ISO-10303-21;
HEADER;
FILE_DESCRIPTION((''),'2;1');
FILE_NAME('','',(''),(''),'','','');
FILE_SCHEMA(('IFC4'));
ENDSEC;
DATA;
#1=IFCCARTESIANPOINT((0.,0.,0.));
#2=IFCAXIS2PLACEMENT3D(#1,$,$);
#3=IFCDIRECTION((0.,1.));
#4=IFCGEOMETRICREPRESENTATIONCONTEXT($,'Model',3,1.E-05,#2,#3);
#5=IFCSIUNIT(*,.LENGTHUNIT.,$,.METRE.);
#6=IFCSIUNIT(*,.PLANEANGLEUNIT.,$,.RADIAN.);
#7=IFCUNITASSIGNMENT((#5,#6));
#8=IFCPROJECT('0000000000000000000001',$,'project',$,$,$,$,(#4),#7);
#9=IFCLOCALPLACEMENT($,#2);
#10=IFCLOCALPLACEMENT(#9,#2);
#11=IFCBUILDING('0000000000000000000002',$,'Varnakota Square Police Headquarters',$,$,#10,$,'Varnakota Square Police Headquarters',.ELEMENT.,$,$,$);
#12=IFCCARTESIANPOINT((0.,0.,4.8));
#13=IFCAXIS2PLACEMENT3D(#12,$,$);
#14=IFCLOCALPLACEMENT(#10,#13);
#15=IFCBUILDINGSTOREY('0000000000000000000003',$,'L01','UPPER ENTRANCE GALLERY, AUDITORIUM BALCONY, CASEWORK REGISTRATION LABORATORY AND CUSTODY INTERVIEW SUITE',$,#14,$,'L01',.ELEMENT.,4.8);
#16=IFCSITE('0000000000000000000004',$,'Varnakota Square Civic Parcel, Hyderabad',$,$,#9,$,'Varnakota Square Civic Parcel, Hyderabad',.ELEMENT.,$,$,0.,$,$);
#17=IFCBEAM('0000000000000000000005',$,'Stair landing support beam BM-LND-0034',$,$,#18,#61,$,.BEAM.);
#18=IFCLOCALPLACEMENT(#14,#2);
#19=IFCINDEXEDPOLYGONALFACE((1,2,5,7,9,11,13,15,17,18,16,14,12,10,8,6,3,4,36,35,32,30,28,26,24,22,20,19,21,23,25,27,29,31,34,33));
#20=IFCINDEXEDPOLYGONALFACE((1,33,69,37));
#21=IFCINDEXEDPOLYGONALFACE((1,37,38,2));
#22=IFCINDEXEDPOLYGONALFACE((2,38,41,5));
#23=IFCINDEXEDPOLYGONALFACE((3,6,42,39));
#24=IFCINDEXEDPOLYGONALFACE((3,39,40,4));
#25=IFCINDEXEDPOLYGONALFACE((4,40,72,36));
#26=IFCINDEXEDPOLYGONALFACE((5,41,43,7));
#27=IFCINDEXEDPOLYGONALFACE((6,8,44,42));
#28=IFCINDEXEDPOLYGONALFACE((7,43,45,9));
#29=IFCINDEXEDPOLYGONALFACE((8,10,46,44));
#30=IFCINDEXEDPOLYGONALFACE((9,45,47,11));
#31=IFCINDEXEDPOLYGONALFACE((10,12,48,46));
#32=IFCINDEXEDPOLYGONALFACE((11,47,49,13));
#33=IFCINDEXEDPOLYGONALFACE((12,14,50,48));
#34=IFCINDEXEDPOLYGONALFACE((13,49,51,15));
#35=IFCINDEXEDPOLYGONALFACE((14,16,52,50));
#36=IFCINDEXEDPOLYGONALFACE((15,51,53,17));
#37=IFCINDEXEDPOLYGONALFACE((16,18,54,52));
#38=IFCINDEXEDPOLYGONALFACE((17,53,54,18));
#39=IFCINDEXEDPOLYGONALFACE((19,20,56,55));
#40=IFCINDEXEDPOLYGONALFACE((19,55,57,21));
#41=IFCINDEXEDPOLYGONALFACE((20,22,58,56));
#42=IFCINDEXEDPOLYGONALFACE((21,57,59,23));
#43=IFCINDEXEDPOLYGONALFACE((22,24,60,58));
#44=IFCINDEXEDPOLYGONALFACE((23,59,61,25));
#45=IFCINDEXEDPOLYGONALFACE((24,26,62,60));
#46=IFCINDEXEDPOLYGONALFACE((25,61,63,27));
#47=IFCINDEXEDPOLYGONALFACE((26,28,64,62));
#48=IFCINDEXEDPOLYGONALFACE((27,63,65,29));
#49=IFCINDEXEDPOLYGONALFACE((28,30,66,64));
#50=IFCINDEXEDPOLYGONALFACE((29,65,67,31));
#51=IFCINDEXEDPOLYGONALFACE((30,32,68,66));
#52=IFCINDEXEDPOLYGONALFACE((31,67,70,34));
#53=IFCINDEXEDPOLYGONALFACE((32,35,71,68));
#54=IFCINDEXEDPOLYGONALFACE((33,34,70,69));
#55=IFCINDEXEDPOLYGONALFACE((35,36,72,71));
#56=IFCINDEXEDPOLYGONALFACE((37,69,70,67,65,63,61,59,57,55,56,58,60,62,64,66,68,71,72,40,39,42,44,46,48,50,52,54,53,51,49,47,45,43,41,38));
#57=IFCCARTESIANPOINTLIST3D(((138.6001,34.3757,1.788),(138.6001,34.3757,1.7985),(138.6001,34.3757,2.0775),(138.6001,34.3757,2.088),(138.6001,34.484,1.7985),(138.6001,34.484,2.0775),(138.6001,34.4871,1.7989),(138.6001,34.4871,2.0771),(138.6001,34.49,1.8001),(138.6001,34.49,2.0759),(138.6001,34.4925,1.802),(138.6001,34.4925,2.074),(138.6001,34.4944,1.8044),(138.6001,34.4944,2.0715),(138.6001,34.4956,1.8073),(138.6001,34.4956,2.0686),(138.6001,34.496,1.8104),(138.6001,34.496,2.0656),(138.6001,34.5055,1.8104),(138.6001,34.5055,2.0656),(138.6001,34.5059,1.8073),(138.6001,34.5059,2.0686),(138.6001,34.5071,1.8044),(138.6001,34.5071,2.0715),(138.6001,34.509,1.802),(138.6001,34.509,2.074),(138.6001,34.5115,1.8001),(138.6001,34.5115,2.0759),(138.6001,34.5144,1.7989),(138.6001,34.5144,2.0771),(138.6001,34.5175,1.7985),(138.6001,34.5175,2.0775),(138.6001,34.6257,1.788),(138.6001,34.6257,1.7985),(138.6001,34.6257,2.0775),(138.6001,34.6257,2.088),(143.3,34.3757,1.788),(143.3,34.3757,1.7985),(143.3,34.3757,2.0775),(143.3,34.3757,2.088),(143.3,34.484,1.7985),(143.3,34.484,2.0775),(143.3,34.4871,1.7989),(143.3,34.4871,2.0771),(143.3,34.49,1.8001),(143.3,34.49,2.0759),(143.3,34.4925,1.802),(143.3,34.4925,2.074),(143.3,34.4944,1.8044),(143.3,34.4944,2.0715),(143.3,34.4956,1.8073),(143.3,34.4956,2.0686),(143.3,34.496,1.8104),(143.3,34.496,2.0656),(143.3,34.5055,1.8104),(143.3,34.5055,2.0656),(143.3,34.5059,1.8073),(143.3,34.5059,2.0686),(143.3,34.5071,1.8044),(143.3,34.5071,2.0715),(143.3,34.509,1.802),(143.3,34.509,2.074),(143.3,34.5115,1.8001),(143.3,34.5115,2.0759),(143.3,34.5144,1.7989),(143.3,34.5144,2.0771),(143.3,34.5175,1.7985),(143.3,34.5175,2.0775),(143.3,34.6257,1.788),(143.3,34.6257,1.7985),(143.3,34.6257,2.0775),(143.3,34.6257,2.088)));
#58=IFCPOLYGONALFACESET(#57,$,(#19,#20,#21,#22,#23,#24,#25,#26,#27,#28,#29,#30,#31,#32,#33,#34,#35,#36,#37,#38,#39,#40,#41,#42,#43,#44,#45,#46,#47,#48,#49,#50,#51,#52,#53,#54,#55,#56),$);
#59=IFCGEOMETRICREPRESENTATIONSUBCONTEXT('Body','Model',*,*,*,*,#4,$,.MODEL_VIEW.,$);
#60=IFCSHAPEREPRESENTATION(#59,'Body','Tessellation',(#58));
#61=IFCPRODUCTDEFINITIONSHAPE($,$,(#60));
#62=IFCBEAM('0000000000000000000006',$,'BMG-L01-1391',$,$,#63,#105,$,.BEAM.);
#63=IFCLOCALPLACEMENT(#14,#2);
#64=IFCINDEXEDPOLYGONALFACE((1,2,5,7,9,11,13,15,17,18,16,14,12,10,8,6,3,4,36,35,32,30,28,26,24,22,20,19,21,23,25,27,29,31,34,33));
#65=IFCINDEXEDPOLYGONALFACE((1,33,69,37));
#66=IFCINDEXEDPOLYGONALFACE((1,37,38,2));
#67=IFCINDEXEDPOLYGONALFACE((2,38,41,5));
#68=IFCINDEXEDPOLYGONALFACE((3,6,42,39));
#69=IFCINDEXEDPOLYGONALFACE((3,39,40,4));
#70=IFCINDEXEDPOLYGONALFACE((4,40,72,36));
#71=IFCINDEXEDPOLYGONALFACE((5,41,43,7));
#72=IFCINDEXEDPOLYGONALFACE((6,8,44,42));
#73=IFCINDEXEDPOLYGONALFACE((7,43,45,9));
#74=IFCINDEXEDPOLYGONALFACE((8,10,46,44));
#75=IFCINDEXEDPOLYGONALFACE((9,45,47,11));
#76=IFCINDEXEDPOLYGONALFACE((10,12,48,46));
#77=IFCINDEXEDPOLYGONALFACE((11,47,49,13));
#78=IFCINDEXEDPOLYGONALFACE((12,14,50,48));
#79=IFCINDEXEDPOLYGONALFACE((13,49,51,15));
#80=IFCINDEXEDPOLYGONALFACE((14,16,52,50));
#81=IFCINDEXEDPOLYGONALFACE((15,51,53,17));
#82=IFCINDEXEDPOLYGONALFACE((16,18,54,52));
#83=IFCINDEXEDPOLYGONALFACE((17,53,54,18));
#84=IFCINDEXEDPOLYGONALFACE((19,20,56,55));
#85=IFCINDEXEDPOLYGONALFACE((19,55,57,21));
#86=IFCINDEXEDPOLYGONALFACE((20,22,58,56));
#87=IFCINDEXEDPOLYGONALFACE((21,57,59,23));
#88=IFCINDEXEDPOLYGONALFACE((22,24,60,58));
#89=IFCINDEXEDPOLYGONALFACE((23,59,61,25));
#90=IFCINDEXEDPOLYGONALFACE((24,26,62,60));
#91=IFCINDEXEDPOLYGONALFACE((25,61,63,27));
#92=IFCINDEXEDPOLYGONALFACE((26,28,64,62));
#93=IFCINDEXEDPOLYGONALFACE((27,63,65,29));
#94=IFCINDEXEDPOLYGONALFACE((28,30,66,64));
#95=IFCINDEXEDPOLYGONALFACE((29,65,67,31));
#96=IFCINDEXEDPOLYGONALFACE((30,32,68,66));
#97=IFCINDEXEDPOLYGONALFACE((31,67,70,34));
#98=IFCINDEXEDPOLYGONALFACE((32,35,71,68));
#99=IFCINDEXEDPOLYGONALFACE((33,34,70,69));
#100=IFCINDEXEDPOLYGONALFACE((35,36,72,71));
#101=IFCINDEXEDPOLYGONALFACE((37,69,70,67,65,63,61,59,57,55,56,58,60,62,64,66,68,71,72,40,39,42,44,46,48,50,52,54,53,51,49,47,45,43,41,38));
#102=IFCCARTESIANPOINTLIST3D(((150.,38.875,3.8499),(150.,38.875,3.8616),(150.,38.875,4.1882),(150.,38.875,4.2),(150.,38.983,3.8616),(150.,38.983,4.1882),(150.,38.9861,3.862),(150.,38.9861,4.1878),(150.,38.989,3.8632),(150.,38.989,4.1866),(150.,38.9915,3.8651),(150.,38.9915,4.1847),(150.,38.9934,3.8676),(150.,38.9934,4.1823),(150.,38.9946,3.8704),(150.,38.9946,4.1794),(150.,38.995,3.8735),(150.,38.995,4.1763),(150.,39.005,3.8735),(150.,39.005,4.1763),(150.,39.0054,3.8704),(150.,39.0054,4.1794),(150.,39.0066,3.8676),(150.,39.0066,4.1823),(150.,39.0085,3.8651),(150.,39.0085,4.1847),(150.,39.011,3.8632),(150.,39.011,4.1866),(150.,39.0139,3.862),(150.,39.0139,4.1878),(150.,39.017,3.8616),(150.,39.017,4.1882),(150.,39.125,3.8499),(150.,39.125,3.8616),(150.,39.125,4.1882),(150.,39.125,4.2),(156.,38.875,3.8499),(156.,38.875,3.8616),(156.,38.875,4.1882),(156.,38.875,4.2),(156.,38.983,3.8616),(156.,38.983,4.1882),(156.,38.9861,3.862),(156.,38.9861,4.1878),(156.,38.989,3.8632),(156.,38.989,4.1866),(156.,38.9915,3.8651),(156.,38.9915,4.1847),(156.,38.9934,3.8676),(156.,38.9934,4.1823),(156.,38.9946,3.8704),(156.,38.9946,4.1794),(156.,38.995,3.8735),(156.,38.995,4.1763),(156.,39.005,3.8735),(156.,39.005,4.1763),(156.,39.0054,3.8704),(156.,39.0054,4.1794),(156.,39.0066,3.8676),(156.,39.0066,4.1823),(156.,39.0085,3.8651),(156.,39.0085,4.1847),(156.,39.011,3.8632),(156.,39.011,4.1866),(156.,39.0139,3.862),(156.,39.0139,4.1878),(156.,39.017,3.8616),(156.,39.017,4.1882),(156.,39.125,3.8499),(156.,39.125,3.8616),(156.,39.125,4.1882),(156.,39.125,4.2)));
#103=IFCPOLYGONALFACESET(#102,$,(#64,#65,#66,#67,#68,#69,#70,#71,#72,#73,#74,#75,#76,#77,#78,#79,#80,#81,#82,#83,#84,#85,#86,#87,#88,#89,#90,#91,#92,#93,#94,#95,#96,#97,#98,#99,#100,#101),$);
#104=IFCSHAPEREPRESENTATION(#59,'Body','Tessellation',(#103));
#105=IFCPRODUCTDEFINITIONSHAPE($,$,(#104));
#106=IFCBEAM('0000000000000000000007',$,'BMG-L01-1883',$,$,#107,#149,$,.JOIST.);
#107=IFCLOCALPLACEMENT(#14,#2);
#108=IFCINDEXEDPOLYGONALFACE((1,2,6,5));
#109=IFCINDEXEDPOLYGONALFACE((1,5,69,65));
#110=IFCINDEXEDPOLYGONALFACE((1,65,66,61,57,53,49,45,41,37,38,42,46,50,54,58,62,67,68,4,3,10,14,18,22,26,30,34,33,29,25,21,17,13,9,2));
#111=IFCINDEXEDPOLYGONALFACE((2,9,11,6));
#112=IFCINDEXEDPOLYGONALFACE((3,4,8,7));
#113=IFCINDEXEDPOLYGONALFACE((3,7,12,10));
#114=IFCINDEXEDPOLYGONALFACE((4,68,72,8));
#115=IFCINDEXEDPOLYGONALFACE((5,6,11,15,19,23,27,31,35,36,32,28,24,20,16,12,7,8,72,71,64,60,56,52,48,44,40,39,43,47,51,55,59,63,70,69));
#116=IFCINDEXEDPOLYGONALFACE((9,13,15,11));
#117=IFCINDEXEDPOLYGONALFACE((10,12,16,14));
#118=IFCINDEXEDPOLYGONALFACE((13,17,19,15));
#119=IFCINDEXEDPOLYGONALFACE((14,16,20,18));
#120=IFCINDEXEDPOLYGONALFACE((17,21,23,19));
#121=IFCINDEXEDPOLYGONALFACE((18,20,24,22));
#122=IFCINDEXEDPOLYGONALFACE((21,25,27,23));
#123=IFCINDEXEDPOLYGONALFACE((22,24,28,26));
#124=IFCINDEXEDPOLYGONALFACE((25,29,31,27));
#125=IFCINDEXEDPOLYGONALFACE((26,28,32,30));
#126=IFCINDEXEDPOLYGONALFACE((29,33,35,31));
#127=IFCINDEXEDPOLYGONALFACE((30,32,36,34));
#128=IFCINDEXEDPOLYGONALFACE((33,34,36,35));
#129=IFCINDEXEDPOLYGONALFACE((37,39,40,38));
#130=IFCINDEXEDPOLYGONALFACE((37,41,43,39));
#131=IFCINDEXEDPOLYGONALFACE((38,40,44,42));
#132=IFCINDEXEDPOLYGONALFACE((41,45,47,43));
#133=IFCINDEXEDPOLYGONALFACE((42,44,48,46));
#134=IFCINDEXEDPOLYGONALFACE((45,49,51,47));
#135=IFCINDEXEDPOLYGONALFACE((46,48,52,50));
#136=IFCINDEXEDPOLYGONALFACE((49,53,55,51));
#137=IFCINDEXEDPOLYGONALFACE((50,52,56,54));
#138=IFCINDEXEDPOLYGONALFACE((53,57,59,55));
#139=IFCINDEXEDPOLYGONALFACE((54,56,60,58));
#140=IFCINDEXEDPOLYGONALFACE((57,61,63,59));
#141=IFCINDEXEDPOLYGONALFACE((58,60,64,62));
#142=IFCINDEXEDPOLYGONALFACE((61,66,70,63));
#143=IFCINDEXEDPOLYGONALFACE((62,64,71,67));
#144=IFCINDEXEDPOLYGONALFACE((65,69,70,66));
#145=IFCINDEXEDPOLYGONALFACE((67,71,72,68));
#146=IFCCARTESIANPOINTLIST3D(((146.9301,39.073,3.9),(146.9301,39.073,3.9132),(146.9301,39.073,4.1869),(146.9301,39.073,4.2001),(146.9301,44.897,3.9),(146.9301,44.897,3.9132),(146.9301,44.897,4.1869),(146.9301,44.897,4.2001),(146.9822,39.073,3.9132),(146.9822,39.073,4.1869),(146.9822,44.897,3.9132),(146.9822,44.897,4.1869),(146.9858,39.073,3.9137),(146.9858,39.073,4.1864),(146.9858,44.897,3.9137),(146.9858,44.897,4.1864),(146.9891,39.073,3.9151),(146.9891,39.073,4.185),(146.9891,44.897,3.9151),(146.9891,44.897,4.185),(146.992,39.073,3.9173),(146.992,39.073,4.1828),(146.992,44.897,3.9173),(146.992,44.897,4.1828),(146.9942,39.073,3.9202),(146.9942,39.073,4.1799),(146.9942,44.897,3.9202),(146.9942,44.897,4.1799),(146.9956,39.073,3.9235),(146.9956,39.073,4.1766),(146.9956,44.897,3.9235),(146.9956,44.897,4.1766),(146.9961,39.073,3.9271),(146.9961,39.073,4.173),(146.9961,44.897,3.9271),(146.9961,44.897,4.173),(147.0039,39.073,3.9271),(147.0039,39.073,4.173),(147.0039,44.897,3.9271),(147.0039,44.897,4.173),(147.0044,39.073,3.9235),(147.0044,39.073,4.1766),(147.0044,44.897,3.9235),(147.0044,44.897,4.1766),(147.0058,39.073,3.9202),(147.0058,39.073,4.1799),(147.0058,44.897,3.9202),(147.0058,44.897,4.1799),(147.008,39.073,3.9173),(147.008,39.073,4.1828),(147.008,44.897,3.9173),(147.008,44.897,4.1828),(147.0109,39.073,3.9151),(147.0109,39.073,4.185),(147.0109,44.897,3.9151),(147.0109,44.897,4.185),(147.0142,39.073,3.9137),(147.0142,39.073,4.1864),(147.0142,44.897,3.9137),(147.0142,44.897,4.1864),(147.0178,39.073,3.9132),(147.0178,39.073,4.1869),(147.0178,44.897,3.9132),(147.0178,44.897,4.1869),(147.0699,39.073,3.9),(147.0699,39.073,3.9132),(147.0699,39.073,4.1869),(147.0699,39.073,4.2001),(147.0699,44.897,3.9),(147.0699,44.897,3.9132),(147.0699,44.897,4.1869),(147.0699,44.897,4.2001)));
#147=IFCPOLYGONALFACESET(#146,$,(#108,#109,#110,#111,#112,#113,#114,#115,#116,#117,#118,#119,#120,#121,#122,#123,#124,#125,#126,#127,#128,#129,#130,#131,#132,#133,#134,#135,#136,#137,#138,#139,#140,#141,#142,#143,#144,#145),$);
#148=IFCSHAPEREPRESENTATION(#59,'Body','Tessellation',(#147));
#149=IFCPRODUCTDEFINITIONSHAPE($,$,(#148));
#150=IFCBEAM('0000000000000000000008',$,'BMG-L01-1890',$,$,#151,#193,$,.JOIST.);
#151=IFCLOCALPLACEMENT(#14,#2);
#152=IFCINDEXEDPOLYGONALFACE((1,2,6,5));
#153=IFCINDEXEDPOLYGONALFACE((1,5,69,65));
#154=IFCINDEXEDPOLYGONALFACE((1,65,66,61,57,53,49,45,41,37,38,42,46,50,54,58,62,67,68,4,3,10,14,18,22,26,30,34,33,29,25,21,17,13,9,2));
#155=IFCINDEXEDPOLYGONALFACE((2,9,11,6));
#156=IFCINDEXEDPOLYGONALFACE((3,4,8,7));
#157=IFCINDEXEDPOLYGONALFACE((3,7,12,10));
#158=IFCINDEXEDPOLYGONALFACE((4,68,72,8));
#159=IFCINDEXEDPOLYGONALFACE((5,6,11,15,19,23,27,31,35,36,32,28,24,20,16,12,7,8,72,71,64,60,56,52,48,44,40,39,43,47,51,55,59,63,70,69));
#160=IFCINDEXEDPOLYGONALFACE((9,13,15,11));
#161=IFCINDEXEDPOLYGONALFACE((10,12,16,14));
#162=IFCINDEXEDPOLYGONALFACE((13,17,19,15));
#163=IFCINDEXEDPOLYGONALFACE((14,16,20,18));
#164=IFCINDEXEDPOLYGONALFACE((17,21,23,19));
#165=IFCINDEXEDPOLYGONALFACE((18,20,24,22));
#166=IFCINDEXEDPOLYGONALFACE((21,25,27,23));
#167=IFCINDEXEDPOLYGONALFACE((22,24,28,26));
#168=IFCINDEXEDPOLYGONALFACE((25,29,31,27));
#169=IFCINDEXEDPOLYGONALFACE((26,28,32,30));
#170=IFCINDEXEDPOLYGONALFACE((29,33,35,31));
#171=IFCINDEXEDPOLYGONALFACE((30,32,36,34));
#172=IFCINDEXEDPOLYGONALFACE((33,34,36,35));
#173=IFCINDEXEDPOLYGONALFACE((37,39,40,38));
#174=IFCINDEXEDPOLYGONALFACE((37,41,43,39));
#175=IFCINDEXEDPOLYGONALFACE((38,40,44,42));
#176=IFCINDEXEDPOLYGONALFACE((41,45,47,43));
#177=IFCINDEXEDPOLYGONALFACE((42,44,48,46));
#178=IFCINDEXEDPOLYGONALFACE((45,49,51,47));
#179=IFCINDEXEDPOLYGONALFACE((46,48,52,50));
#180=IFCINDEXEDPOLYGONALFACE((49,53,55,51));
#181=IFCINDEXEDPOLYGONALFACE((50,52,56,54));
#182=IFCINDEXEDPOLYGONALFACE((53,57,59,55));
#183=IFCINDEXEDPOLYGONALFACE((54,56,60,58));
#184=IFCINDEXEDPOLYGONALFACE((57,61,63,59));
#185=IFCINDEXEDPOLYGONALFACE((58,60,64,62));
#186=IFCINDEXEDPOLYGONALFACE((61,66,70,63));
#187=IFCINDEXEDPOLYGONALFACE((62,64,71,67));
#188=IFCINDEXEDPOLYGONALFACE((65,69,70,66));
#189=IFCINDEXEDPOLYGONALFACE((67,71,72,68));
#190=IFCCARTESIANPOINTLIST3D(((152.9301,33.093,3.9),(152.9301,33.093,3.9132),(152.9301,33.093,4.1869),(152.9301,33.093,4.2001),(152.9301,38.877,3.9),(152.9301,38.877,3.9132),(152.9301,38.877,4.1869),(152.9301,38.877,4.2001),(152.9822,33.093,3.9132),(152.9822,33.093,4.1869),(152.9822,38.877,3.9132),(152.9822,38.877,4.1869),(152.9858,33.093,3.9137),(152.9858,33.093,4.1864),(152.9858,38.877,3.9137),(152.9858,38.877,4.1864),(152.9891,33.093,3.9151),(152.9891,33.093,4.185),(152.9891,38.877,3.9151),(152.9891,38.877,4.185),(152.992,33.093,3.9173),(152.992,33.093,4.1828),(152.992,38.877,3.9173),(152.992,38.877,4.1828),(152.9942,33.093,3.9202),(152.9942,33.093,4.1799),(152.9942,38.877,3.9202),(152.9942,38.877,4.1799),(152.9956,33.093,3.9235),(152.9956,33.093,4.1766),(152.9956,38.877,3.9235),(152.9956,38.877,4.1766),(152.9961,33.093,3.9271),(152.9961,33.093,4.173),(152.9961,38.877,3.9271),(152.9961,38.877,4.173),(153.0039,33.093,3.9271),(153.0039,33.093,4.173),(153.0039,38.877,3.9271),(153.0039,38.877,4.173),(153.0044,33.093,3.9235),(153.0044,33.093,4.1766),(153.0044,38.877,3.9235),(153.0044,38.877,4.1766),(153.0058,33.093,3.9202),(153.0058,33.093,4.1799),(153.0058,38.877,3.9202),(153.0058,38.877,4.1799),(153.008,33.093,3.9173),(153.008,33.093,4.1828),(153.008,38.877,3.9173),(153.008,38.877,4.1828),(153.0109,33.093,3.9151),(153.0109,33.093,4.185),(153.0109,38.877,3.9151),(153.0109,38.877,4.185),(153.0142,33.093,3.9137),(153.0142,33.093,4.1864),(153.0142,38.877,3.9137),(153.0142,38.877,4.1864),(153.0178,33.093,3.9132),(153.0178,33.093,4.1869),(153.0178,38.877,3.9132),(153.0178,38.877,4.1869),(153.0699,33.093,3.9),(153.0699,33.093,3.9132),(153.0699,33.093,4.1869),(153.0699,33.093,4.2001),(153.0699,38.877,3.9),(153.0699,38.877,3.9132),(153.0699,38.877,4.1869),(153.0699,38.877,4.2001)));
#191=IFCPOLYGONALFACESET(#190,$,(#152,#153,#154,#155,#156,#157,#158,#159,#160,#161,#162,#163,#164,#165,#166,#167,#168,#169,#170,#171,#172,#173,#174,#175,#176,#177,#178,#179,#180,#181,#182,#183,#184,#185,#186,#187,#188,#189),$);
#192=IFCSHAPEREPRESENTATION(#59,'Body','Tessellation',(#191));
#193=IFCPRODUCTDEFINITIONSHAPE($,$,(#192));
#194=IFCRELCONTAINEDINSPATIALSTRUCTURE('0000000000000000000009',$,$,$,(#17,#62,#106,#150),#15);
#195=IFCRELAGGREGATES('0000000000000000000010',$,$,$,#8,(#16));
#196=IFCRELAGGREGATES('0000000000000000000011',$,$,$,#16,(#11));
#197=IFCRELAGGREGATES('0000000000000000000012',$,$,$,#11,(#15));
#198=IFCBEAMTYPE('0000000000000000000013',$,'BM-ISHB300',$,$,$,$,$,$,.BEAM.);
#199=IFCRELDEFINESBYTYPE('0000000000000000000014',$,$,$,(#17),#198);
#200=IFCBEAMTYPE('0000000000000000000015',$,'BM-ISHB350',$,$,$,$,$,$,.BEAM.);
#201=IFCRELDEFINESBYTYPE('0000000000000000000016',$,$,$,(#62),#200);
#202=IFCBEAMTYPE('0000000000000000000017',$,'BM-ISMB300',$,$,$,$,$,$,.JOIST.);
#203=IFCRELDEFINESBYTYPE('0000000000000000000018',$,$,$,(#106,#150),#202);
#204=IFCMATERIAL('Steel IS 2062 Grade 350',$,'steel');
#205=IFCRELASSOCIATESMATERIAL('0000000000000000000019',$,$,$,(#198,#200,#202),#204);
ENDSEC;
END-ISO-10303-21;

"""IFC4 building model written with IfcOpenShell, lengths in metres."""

from ifc_helpers import new_model, si_unit, direction, frame, origin, origin_2d, place, context, subcontext, project, spatial, i_section, extrude, material, material_profile, profile_set, type_object, element, save


model = new_model("IFC4")

# Units and contexts
model_context = context("Model", 3, precision=1e-05, world=origin(), true_north=direction((0.0, 1.0)))
body_context = subcontext(model_context, "Body", "Model", "MODEL_VIEW")
ifc_project = project(units=[si_unit("LENGTHUNIT", "METRE"), si_unit("PLANEANGLEUNIT", "RADIAN")], contexts=[model_context])

# Site, building, storey
site_placement = place(None, origin())
site = spatial("IfcSite", under=ifc_project, at=site_placement, Name="Varnakota Square Civic Parcel, Hyderabad", LongName="Varnakota Square Civic Parcel, Hyderabad", CompositionType="ELEMENT", RefElevation=0.0)
building_placement = place(site_placement, origin())
building = spatial("IfcBuilding", under=site, at=building_placement, Name="Varnakota Square Police Headquarters", LongName="Varnakota Square Police Headquarters", CompositionType="ELEMENT")
storey_placement = place(building_placement, frame((0.0, 0.0, 4.8)))
storey = spatial("IfcBuildingStorey", under=building, at=storey_placement, Name="L01", Description="UPPER ENTRANCE GALLERY, AUDITORIUM BALCONY, CASEWORK REGISTRATION LABORATORY AND CUSTODY INTERVIEW SUITE", LongName="L01", CompositionType="ELEMENT", Elevation=4.8)

# Shared definitions
ifc_material_1 = material(Name="Steel IS 2062 Grade 350", Category="steel")

# Beams
ifc_material_profile_1 = material_profile(ifc_material_1, i_section(OverallWidth=0.25, OverallDepth=0.3, WebThickness=0.0095, FlangeThickness=0.0105, FilletRadius=0.012, at=origin_2d()), Name="ISHB 300")
ifc_profile_set_1 = profile_set([ifc_material_profile_1], Name="Steel IS 2062 Grade 350")
beam_type_1 = type_object("IfcBeamType", Name="BM-ISHB300", PredefinedType="BEAM", material=ifc_profile_set_1)
beam_1_placement = place(storey_placement, frame((138.6001, 34.5007, 1.938), z_axis=(1.0, 0.0, 0.0), x_axis=(0.0, 1.0, 0.0)))
element("IfcBeam", 1, at=beam_1_placement, inside=storey, type_object=beam_type_1, Name="Stair landing support beam BM-LND-0034", PredefinedType="BEAM", context=body_context, shape_type="SweptSolid", body=[
    extrude(i_section(OverallWidth=0.25, OverallDepth=0.3, WebThickness=0.0095, FlangeThickness=0.0105, FilletRadius=0.012, at=origin_2d()), origin(), (0.0, 0.0, 1.0), 4.7),
])
ifc_material_profile_2 = material_profile(ifc_material_1, i_section(OverallWidth=0.25, OverallDepth=0.3501, WebThickness=0.01, FlangeThickness=0.0117, FilletRadius=0.012, at=origin_2d()), Name="ISHB 350")
ifc_profile_set_2 = profile_set([ifc_material_profile_2], Name="Steel IS 2062 Grade 350")
beam_type_2 = type_object("IfcBeamType", Name="BM-ISHB350", PredefinedType="BEAM", material=ifc_profile_set_2)
beam_2_placement = place(storey_placement, frame((150.0, 39.0, 4.0249), z_axis=(1.0, 0.0, 0.0), x_axis=(0.0, 1.0, 0.0)))
element("IfcBeam", 2, at=beam_2_placement, inside=storey, type_object=beam_type_2, Name="BMG-L01-1391", PredefinedType="BEAM", context=body_context, shape_type="SweptSolid", body=[
    extrude(i_section(OverallWidth=0.25, OverallDepth=0.3501, WebThickness=0.01, FlangeThickness=0.0117, FilletRadius=0.012, at=origin_2d()), origin(), (0.0, 0.0, 1.0), 6.0),
])
ifc_material_profile_3 = material_profile(ifc_material_1, i_section(OverallWidth=0.1399, OverallDepth=0.3, WebThickness=0.0078, FlangeThickness=0.0132, FilletRadius=0.0139, at=origin_2d()), Name="ISMB 300")
ifc_profile_set_3 = profile_set([ifc_material_profile_3], Name="Steel IS 2062 Grade 350")
beam_type_3 = type_object("IfcBeamType", Name="BM-ISMB300", PredefinedType="JOIST", material=ifc_profile_set_3)
beam_3_placement = place(storey_placement, frame((147.0, 39.073, 4.05), z_axis=(0.0, 1.0, 0.0), x_axis=(-1.0, 0.0, 0.0)))
element("IfcBeam", 3, at=beam_3_placement, inside=storey, type_object=beam_type_3, Name="BMG-L01-1883", PredefinedType="JOIST", context=body_context, shape_type="SweptSolid", body=[
    extrude(i_section(OverallWidth=0.1399, OverallDepth=0.3, WebThickness=0.0078, FlangeThickness=0.0132, FilletRadius=0.0139, at=origin_2d()), origin(), (0.0, 0.0, 1.0), 5.824),
])
beam_4_placement = place(storey_placement, frame((153.0, 33.093, 4.05), z_axis=(0.0, 1.0, 0.0), x_axis=(-1.0, 0.0, 0.0)))
element("IfcBeam", 4, at=beam_4_placement, inside=storey, type_object=beam_type_3, Name="BMG-L01-1890", PredefinedType="JOIST", context=body_context, shape_type="SweptSolid", body=[
    extrude(i_section(OverallWidth=0.1399, OverallDepth=0.3, WebThickness=0.0078, FlangeThickness=0.0132, FilletRadius=0.0139, at=origin_2d()), origin(), (0.0, 0.0, 1.0), 5.7839),
])

save(model, "model.ifc")
